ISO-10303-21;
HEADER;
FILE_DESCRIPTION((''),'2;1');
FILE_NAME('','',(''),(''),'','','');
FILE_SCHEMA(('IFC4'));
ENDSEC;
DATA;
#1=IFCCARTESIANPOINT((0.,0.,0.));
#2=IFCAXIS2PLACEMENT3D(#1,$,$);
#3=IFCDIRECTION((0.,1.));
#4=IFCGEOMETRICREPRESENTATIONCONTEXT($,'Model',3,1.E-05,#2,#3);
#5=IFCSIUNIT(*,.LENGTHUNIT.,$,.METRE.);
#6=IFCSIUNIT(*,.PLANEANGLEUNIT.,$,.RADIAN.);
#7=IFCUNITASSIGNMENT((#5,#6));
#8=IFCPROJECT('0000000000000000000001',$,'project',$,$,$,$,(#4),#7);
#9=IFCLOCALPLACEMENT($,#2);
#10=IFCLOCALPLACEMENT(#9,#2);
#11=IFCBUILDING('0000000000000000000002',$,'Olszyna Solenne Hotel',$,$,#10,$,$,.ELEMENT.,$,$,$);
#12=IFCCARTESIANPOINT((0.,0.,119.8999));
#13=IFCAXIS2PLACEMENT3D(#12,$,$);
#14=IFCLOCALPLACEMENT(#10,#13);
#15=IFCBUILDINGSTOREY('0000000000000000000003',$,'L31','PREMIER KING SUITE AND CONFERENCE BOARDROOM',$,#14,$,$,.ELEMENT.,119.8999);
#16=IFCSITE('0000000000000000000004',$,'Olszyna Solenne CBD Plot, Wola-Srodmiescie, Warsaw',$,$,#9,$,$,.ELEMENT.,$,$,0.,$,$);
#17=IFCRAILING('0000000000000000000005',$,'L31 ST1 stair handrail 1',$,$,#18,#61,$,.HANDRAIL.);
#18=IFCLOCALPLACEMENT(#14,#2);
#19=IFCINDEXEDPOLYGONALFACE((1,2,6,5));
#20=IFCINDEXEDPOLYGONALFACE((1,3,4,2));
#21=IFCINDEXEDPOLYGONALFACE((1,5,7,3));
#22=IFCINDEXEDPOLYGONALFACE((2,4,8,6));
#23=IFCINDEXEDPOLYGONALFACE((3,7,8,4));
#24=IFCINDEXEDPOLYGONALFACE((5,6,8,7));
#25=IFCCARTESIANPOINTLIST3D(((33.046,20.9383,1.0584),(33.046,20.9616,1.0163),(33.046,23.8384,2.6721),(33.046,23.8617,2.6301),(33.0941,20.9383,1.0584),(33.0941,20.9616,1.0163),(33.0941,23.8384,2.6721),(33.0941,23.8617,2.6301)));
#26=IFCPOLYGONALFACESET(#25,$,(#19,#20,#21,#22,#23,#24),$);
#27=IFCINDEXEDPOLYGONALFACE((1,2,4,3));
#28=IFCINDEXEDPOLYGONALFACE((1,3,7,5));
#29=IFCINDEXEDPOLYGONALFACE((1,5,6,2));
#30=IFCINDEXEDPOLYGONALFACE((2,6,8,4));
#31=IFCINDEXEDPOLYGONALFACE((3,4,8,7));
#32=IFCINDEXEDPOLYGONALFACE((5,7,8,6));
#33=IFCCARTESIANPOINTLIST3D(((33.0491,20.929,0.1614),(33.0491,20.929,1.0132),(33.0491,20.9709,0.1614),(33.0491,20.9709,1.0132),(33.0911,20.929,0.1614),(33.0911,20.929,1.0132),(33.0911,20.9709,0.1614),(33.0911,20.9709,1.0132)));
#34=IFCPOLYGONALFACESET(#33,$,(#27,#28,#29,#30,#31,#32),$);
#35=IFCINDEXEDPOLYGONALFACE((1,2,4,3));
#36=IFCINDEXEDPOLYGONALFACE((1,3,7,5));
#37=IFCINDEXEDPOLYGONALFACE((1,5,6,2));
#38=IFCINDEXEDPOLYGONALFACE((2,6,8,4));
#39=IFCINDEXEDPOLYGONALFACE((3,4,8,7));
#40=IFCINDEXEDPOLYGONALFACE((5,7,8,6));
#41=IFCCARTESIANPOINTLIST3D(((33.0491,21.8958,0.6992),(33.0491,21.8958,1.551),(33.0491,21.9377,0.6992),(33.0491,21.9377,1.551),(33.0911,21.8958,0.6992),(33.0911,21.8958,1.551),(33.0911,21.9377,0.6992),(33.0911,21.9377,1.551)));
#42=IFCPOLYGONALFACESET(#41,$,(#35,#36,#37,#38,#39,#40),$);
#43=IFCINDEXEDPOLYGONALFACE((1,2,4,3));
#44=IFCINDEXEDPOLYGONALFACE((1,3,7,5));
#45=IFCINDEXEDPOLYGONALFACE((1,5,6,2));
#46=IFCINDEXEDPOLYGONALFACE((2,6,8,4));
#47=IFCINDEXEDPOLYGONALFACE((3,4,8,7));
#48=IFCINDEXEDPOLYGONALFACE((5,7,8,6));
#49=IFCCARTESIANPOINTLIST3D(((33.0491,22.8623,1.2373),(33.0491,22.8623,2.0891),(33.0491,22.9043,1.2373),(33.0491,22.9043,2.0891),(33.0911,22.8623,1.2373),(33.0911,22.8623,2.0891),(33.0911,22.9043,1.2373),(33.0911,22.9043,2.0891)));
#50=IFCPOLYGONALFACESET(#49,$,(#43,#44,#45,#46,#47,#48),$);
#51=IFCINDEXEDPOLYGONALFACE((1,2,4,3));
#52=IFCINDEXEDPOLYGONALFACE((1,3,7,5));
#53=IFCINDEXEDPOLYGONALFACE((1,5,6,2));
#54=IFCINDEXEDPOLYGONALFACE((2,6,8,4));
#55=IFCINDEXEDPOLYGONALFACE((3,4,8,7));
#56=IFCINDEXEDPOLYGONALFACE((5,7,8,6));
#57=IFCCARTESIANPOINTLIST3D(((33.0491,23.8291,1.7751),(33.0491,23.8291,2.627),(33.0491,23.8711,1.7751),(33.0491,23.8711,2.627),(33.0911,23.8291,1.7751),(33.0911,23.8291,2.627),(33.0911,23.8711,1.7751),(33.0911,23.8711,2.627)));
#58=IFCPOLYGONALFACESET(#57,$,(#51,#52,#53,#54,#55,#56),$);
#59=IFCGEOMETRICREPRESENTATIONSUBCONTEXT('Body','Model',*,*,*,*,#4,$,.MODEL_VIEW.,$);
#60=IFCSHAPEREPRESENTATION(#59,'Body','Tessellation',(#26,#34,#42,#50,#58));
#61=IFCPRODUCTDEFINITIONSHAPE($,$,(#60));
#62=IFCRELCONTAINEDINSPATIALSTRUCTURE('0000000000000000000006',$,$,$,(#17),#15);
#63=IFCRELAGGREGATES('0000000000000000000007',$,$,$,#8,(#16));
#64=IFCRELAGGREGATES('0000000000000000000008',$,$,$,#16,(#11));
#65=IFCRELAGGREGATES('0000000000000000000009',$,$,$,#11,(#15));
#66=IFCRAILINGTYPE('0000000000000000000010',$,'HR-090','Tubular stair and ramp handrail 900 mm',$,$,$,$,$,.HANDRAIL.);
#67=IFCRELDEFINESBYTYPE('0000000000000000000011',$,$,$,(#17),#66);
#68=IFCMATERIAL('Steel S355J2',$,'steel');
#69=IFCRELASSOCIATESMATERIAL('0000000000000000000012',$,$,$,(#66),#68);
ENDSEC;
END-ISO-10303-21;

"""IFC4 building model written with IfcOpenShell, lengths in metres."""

from ifc_helpers import new_model, si_unit, direction, frame, origin, origin_2d, place, context, subcontext, project, spatial, rectangle, extrude, material, type_object, element, save


model = new_model("IFC4")

# Units and contexts
model_context = context("Model", 3, precision=1e-05, world=origin(), true_north=direction((0.0, 1.0)))
body_context = subcontext(model_context, "Body", "Model", "MODEL_VIEW")
ifc_project = project(units=[si_unit("LENGTHUNIT", "METRE"), si_unit("PLANEANGLEUNIT", "RADIAN")], contexts=[model_context])

# Site, building, storey
site_placement = place(None, origin())
site = spatial("IfcSite", under=ifc_project, at=site_placement, Name="Olszyna Solenne CBD Plot, Wola-Srodmiescie, Warsaw", CompositionType="ELEMENT", RefElevation=0.0)
building_placement = place(site_placement, origin())
building = spatial("IfcBuilding", under=site, at=building_placement, Name="Olszyna Solenne Hotel", CompositionType="ELEMENT")
storey_placement = place(building_placement, frame((0.0, 0.0, 119.8999)))
storey = spatial("IfcBuildingStorey", under=building, at=storey_placement, Name="L31", Description="PREMIER KING SUITE AND CONFERENCE BOARDROOM", CompositionType="ELEMENT", Elevation=119.8999)

# Shared definitions
ifc_material_1 = material(Name="Steel S355J2", Category="steel")

# Railing
railing_type_1 = type_object("IfcRailingType", Name="HR-090", Description="Tubular stair and ramp handrail 900 mm", PredefinedType="HANDRAIL", material=ifc_material_1)
railing_1_placement = place(storey_placement, frame((33.0701, 20.95, 0.1614)))
element("IfcRailing", 1, at=railing_1_placement, inside=storey, type_object=railing_type_1, Name="L31 ST1 stair handrail 1", PredefinedType="HANDRAIL", context=body_context, shape_type="SweptSolid", body=[
    extrude(rectangle(XDim=0.0481, YDim=0.0481, at=origin_2d()), frame((0.0, 0.0, 0.876), z_axis=(0.0, 0.873827, 0.486236), x_axis=(-1.0, 0.0, 0.0)), (0.0, 0.0, 1.0), 3.3188),
    extrude(rectangle(XDim=0.042, YDim=0.042, at=origin_2d()), origin(), (0.0, 0.0, 1.0), 0.8518),
    extrude(rectangle(XDim=0.042, YDim=0.042, at=origin_2d()), frame((0.0, 0.9668, 0.5378)), (0.0, 0.0, 1.0), 0.8518),
    extrude(rectangle(XDim=0.042, YDim=0.042, at=origin_2d()), frame((0.0, 1.9333, 1.0759)), (0.0, 0.0, 1.0), 0.8518),
    extrude(rectangle(XDim=0.042, YDim=0.042, at=origin_2d()), frame((0.0, 2.9001, 1.6138)), (0.0, 0.0, 1.0), 0.8518),
])

save(model, "model.ifc")
